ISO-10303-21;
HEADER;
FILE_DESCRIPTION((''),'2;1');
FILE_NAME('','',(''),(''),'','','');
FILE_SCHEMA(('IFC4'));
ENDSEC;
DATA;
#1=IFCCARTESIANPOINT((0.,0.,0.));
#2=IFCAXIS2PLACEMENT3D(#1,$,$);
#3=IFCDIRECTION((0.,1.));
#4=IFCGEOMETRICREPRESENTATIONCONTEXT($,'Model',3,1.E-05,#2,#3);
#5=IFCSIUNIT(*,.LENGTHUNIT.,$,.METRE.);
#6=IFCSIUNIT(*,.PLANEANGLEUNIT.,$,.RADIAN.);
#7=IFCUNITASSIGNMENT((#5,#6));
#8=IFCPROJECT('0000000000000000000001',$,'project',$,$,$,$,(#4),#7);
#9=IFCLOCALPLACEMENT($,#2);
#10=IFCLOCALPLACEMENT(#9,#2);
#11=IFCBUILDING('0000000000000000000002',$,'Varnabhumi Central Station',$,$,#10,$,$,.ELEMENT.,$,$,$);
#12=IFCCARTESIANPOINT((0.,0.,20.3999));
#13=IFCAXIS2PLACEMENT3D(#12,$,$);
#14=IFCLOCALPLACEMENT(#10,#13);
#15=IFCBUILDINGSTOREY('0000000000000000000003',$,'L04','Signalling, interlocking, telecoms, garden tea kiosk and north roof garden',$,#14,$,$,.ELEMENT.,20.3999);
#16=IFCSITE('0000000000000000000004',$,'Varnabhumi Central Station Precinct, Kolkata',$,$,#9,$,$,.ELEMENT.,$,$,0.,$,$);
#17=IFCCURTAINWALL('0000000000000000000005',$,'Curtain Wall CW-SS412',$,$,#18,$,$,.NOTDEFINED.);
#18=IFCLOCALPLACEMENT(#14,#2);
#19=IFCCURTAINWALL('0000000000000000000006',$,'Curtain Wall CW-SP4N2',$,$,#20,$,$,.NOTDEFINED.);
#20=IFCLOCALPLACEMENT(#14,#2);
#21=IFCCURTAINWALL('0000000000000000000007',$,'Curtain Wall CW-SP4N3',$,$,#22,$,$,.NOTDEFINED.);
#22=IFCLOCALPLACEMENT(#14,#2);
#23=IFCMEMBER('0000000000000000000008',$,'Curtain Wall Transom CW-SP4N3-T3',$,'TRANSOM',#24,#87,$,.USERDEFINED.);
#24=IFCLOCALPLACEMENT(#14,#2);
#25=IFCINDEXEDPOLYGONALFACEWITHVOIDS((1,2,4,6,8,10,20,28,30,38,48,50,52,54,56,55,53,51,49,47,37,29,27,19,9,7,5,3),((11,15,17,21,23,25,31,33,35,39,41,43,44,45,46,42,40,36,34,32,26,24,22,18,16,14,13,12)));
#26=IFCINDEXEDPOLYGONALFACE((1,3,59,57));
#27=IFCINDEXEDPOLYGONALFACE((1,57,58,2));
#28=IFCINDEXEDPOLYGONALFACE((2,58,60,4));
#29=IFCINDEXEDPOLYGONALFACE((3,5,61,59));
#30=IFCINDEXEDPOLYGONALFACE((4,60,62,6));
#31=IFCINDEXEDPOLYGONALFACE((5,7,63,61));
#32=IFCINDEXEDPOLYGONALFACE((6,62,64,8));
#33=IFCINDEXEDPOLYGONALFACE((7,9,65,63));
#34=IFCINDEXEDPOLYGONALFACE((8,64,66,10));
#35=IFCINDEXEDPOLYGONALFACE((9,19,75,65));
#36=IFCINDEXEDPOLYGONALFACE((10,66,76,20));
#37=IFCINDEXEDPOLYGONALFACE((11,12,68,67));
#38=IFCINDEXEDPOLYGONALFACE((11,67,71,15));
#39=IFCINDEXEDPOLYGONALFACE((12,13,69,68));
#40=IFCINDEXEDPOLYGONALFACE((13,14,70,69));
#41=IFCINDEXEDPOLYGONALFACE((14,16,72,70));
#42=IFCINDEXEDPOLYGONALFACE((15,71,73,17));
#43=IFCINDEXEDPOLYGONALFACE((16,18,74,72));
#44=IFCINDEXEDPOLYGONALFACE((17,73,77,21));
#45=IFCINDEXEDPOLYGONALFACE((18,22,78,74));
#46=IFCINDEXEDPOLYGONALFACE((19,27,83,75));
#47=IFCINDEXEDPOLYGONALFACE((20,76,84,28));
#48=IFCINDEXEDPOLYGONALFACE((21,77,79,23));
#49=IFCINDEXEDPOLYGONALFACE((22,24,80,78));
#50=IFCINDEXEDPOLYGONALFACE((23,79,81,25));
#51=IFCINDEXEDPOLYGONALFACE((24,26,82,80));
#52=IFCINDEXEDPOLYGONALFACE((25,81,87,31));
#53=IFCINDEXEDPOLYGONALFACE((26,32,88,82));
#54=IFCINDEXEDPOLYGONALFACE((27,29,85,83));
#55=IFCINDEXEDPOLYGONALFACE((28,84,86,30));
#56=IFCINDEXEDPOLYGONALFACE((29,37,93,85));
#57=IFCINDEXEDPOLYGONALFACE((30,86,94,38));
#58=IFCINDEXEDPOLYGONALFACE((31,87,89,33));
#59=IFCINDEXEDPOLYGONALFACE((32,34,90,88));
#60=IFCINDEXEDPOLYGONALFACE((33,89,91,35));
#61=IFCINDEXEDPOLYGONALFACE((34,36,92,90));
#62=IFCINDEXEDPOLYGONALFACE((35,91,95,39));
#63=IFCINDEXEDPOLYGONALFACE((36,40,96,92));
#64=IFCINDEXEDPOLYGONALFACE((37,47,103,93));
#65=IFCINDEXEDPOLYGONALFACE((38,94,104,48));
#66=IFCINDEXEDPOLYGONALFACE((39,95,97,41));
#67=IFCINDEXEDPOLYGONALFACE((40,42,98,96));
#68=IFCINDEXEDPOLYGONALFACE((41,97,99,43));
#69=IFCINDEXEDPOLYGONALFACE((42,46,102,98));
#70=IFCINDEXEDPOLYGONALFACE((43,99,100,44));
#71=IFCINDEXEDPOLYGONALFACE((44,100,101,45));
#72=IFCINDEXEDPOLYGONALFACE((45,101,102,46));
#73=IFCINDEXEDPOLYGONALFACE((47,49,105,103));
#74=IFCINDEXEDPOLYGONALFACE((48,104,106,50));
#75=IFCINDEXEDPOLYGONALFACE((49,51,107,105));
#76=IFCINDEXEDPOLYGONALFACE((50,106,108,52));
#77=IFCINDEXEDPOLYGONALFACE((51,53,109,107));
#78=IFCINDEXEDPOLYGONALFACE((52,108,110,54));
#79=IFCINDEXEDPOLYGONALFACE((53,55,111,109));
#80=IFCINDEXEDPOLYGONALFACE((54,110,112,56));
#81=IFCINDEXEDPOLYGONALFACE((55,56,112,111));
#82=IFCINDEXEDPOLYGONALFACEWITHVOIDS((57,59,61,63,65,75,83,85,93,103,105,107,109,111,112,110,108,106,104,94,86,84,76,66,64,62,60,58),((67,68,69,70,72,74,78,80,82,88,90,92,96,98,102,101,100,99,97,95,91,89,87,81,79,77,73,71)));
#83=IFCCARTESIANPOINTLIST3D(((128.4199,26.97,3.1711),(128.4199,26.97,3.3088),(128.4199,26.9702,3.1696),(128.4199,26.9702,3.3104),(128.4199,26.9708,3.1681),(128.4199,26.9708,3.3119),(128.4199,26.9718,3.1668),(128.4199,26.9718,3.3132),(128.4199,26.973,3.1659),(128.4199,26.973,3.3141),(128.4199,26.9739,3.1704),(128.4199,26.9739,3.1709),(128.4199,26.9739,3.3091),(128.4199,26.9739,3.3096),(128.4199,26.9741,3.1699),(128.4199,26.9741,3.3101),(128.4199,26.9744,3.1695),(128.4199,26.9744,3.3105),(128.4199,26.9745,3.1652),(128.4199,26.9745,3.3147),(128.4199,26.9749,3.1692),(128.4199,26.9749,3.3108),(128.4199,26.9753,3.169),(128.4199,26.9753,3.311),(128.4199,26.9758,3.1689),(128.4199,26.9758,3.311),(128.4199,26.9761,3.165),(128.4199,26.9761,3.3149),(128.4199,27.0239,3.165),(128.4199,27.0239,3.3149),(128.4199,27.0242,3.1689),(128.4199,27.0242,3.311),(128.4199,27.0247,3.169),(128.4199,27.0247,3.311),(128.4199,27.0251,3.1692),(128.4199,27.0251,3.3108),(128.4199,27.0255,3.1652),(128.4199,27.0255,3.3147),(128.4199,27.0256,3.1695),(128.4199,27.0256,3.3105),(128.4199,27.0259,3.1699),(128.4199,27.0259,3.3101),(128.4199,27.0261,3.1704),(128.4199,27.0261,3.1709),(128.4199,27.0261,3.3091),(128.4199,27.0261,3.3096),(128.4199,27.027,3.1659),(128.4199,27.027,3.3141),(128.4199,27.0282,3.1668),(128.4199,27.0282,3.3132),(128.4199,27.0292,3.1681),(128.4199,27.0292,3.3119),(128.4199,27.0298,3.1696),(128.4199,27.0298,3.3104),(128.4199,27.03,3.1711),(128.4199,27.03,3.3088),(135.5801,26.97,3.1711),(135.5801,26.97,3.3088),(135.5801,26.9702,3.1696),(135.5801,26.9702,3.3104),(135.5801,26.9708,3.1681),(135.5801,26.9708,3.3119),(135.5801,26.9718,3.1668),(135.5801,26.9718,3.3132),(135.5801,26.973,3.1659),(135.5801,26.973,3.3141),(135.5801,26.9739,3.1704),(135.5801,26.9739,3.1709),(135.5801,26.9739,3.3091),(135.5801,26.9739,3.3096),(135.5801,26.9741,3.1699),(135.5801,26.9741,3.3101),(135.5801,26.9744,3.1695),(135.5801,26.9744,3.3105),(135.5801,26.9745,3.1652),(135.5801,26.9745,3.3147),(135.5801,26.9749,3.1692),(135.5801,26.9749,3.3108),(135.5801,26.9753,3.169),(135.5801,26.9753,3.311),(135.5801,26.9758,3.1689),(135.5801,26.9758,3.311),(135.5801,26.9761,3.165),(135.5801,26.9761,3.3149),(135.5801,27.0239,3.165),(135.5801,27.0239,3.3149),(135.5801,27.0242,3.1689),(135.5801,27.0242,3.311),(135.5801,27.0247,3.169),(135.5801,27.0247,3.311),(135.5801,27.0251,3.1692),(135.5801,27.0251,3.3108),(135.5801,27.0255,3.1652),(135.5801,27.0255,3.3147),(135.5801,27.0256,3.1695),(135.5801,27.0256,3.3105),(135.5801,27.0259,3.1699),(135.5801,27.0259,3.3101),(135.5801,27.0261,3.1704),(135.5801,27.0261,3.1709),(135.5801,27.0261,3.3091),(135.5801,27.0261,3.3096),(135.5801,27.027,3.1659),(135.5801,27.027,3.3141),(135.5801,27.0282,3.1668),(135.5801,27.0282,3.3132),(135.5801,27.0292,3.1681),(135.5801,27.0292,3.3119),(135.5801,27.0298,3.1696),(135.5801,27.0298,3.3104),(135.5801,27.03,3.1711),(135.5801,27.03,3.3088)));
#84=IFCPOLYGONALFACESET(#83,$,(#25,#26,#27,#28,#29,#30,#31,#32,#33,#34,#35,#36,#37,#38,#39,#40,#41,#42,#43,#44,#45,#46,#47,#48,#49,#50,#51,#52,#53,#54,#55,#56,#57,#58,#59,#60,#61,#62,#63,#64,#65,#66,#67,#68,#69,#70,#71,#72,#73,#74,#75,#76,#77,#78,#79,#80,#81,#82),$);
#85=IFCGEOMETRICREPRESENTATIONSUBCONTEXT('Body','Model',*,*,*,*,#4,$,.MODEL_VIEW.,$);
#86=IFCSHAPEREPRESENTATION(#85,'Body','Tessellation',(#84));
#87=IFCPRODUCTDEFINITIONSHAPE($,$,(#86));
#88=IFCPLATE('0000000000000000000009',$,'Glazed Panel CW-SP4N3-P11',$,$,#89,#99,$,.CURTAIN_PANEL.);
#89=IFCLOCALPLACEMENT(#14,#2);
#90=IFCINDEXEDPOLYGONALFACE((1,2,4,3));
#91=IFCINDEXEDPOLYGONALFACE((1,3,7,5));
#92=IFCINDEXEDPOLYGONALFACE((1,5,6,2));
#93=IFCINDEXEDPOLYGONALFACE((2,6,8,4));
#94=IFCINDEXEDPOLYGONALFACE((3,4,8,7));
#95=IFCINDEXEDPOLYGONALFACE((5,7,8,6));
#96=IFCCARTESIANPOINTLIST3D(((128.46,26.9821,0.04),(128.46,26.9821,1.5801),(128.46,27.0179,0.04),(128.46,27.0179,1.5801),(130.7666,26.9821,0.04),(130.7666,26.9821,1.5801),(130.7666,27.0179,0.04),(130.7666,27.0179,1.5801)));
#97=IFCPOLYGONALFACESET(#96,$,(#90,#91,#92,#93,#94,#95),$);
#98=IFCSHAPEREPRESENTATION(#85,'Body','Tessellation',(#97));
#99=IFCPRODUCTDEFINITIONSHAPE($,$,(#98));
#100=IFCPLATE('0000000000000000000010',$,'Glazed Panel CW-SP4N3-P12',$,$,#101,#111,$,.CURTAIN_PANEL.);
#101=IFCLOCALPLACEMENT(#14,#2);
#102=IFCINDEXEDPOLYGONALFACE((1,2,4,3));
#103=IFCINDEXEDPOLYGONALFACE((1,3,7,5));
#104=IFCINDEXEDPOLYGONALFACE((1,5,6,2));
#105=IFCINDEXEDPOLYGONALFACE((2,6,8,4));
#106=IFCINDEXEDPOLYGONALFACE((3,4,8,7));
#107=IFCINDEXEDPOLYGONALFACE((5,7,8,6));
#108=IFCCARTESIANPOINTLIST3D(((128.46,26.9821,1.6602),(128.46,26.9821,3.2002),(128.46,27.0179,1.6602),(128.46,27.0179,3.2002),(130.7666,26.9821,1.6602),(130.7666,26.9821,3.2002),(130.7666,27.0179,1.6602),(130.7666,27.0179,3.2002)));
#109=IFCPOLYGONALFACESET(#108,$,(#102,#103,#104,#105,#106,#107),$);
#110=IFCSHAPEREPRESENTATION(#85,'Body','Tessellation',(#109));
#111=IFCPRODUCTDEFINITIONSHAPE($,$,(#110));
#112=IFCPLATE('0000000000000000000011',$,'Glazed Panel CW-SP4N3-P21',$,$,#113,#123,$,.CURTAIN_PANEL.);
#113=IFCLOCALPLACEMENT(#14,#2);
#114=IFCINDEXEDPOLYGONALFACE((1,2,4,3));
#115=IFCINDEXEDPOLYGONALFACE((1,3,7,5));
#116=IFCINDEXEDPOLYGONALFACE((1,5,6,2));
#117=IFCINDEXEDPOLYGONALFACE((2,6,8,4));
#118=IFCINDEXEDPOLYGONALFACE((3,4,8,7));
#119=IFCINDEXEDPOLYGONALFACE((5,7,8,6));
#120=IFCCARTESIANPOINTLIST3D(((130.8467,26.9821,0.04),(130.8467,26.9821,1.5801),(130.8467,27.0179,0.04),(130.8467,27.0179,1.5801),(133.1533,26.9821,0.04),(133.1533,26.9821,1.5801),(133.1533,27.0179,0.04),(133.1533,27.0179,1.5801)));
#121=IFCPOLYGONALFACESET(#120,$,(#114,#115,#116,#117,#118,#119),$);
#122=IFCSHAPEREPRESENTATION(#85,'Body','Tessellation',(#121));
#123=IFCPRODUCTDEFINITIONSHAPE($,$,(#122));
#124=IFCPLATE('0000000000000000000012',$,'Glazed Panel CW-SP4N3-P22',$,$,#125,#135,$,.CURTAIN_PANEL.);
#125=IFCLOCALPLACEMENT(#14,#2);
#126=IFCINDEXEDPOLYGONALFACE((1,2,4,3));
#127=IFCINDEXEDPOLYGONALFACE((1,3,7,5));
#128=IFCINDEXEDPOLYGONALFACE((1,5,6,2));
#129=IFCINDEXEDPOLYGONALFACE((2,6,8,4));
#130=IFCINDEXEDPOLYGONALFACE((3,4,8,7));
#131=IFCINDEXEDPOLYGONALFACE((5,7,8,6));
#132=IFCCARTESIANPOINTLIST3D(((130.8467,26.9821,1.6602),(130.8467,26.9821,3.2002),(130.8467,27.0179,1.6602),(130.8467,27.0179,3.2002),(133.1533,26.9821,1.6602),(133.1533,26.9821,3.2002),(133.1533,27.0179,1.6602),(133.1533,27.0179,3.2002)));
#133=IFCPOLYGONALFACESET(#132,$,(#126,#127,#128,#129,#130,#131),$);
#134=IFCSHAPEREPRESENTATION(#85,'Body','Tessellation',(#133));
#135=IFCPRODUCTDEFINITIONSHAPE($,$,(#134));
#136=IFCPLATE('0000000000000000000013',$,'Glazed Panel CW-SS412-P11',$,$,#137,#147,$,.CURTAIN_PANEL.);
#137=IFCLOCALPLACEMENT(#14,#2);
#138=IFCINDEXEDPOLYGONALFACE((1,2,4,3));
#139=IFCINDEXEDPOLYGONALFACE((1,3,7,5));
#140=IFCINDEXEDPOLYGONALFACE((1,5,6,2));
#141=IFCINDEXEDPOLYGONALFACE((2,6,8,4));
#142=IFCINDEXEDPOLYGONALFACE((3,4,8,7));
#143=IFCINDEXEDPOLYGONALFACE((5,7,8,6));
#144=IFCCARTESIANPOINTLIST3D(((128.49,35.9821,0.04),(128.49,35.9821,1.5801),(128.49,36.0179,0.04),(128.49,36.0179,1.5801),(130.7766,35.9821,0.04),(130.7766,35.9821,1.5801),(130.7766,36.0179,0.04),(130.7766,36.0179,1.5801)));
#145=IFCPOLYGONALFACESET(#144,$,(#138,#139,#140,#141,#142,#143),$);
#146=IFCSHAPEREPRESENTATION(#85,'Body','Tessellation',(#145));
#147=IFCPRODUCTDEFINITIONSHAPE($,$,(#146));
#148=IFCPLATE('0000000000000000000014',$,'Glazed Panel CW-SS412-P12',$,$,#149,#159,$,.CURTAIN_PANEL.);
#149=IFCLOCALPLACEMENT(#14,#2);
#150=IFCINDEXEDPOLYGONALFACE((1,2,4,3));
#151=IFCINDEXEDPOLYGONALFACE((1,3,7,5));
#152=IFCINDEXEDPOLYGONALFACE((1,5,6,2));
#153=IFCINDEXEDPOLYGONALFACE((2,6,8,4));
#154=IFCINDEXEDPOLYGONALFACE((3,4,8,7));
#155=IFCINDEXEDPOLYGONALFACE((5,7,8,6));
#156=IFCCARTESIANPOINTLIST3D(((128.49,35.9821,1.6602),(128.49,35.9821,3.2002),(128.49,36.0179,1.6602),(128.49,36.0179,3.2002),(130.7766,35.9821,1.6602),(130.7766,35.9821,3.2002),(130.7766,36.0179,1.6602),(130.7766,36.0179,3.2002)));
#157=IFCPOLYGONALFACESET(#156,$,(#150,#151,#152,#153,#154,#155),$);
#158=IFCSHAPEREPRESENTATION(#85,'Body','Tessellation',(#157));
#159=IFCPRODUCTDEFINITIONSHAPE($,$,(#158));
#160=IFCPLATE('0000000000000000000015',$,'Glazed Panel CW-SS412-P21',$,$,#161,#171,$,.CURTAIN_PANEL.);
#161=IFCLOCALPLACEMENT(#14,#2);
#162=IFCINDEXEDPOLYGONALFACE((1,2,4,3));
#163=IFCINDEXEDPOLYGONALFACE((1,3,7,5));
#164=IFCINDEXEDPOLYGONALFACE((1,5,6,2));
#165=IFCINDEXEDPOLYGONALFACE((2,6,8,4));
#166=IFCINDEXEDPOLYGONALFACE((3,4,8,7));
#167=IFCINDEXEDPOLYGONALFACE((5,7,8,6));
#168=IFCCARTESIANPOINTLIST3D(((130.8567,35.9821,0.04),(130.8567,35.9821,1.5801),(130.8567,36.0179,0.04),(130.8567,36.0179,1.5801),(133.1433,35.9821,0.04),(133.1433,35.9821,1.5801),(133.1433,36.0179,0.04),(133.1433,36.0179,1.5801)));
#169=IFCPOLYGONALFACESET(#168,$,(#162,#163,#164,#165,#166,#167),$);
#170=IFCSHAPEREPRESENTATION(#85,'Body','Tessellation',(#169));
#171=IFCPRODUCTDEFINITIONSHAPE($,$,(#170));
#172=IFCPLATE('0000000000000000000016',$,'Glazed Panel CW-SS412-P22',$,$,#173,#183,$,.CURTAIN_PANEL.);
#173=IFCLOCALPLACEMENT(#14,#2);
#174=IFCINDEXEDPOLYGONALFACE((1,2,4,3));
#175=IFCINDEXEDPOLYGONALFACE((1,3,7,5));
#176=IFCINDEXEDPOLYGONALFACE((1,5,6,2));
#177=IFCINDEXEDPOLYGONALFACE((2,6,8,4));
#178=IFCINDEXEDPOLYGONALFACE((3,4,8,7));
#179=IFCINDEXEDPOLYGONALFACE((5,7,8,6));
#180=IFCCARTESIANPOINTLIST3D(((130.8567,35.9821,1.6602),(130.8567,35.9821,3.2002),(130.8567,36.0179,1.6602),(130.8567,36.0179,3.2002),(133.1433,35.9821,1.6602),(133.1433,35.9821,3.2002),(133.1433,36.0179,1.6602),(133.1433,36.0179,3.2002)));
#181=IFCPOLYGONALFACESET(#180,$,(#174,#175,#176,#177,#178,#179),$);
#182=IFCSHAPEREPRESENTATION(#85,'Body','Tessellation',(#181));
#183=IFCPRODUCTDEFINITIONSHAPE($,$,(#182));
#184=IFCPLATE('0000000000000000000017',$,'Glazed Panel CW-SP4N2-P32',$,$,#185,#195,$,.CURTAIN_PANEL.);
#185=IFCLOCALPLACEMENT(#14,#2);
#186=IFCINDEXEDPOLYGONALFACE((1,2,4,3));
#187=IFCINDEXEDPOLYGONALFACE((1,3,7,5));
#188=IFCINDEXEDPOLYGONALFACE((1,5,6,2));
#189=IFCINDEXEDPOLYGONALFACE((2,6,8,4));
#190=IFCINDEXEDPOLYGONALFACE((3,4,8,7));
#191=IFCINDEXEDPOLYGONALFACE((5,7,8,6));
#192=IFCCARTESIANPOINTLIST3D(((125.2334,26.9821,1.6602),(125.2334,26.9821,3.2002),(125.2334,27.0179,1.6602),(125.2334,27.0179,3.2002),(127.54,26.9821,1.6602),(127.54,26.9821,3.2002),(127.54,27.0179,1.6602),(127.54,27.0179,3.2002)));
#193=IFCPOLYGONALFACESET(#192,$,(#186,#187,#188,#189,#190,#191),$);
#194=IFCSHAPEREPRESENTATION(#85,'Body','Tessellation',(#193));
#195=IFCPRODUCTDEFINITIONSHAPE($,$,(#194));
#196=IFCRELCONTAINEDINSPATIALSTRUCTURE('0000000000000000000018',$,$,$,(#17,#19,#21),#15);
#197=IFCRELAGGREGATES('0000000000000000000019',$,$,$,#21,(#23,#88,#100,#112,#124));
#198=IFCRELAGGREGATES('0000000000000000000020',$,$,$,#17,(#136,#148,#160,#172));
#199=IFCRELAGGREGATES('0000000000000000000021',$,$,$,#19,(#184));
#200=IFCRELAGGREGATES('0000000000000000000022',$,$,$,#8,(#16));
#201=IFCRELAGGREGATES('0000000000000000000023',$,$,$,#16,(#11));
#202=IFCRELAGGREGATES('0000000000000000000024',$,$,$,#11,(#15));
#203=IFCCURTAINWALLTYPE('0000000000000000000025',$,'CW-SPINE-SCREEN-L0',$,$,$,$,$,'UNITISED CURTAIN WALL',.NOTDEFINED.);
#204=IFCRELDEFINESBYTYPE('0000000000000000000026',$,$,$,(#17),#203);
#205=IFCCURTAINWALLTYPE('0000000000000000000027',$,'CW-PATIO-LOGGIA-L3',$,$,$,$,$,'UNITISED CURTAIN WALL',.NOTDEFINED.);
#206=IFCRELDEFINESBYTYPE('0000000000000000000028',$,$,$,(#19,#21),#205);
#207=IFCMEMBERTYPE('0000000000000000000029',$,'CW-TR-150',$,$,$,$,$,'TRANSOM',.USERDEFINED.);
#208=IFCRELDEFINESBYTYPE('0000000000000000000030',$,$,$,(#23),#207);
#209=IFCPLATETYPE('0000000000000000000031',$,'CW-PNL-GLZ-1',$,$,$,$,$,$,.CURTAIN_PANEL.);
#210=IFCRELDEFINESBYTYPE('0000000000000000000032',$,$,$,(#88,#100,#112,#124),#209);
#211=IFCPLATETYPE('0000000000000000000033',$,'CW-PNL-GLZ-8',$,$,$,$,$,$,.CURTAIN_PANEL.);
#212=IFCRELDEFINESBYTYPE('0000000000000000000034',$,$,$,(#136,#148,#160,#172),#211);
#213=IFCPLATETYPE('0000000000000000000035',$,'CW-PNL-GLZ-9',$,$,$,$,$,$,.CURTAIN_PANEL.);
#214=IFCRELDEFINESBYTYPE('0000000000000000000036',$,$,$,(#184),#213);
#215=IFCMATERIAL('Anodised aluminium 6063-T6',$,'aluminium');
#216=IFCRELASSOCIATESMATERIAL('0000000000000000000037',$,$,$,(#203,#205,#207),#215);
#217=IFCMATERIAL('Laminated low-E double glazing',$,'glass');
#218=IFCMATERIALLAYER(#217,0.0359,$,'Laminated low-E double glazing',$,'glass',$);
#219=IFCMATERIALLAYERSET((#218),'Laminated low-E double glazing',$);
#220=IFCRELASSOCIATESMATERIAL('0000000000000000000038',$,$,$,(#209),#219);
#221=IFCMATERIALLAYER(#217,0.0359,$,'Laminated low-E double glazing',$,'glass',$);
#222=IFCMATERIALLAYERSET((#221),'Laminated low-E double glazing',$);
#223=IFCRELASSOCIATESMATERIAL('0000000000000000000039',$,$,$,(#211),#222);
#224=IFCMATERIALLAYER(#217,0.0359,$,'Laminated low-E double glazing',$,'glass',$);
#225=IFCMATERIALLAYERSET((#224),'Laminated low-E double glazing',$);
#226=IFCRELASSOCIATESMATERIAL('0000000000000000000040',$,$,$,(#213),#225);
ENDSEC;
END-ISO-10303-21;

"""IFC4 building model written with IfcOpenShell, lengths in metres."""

from ifc_helpers import new_model, si_unit, direction, frame, origin, origin_2d, place, context, subcontext, project, spatial, rectangle, hollow_rectangle, extrude, material, layer, layer_set, material_profile, profile_set, type_object, element, aggregate, save


model = new_model("IFC4")

# Units and contexts
model_context = context("Model", 3, precision=1e-05, world=origin(), true_north=direction((0.0, 1.0)))
body_context = subcontext(model_context, "Body", "Model", "MODEL_VIEW")
ifc_project = project(units=[si_unit("LENGTHUNIT", "METRE"), si_unit("PLANEANGLEUNIT", "RADIAN")], contexts=[model_context])

# Site, building, storey
site_placement = place(None, origin())
site = spatial("IfcSite", under=ifc_project, at=site_placement, Name="Varnabhumi Central Station Precinct, Kolkata", CompositionType="ELEMENT", RefElevation=0.0)
building_placement = place(site_placement, origin())
building = spatial("IfcBuilding", under=site, at=building_placement, Name="Varnabhumi Central Station", CompositionType="ELEMENT")
storey_placement = place(building_placement, frame((0.0, 0.0, 20.3999)))
storey = spatial("IfcBuildingStorey", under=building, at=storey_placement, Name="L04", Description="Signalling, interlocking, telecoms, garden tea kiosk and north roof garden", CompositionType="ELEMENT", Elevation=20.3999)

# Curtain wall
ifc_material_1 = material(Name="Anodised aluminium 6063-T6", Category="aluminium")
curtain_wall_type_1 = type_object("IfcCurtainWallType", Name="CW-SPINE-SCREEN-L0", ElementType="UNITISED CURTAIN WALL", PredefinedType="NOTDEFINED", material=ifc_material_1)
curtain_wall_1_placement = place(storey_placement, origin())
curtain_wall_1 = element("IfcCurtainWall", 1, at=curtain_wall_1_placement, inside=storey, type_object=curtain_wall_type_1, Name="Curtain Wall CW-SS412", PredefinedType="NOTDEFINED")

# Curtain wall
curtain_wall_type_2 = type_object("IfcCurtainWallType", Name="CW-PATIO-LOGGIA-L3", ElementType="UNITISED CURTAIN WALL", PredefinedType="NOTDEFINED", material=ifc_material_1)
curtain_wall_2_placement = place(storey_placement, origin())
curtain_wall_2 = element("IfcCurtainWall", 2, at=curtain_wall_2_placement, inside=storey, type_object=curtain_wall_type_2, Name="Curtain Wall CW-SP4N2", PredefinedType="NOTDEFINED")

# Curtain wall
curtain_wall_3_placement = place(storey_placement, origin())
curtain_wall_3 = element("IfcCurtainWall", 3, at=curtain_wall_3_placement, inside=storey, type_object=curtain_wall_type_2, Name="Curtain Wall CW-SP4N3", PredefinedType="NOTDEFINED")

# Member
ifc_material_profile_1 = material_profile(ifc_material_1, hollow_rectangle(XDim=0.0601, YDim=0.1499, WallThickness=0.0039, InnerFilletRadius=0.002, OuterFilletRadius=0.0061, at=origin_2d()), Name="Anodised aluminium 6063-T6", Category="aluminium")
ifc_profile_set_1 = profile_set([ifc_material_profile_1], Name="Anodised aluminium 6063-T6")
member_type_1 = type_object("IfcMemberType", Name="CW-TR-150", ElementType="TRANSOM", PredefinedType="USERDEFINED", material=ifc_profile_set_1)
member_1_placement = place(storey_placement, frame((128.4199, 27.0, 3.24), z_axis=(1.0, 0.0, 0.0), x_axis=(0.0, 1.0, 0.0)))
member_1 = element("IfcMember", 4, at=member_1_placement, type_object=member_type_1, Name="Curtain Wall Transom CW-SP4N3-T3", ObjectType="TRANSOM", PredefinedType="USERDEFINED", context=body_context, shape_type="SweptSolid", body=[
    extrude(hollow_rectangle(XDim=0.0601, YDim=0.1499, WallThickness=0.0039, InnerFilletRadius=0.002, OuterFilletRadius=0.0061, at=origin_2d()), origin(), (0.0, 0.0, 1.0), 7.1602),
])

# Plates
ifc_material_2 = material(Name="Laminated low-E double glazing", Category="glass")
ifc_layer_1 = layer(ifc_material_2, 0.0359, Name="Laminated low-E double glazing", Category="glass")
ifc_layer_set_1 = layer_set([ifc_layer_1], Name="Laminated low-E double glazing")
plate_type_1 = type_object("IfcPlateType", Name="CW-PNL-GLZ-1", PredefinedType="CURTAIN_PANEL", material=ifc_layer_set_1)
plate_1_placement = place(storey_placement, frame((129.6133, 27.0, 0.04), z_axis=(0.0, 0.0, 1.0), x_axis=(1.0, 0.0, 0.0)))
plate_1 = element("IfcPlate", 5, at=plate_1_placement, type_object=plate_type_1, Name="Glazed Panel CW-SP4N3-P11", PredefinedType="CURTAIN_PANEL", context=body_context, shape_type="SweptSolid", body=[
    extrude(rectangle(XDim=2.3066, YDim=0.0359, at=origin_2d()), origin(), (0.0, 0.0, 1.0), 1.54),
])
plate_2_placement = place(storey_placement, frame((129.6133, 27.0, 1.6602), z_axis=(0.0, 0.0, 1.0), x_axis=(1.0, 0.0, 0.0)))
plate_2 = element("IfcPlate", 6, at=plate_2_placement, type_object=plate_type_1, Name="Glazed Panel CW-SP4N3-P12", PredefinedType="CURTAIN_PANEL", context=body_context, shape_type="SweptSolid", body=[
    extrude(rectangle(XDim=2.3066, YDim=0.0359, at=origin_2d()), origin(), (0.0, 0.0, 1.0), 1.54),
])
plate_3_placement = place(storey_placement, frame((132.0, 27.0, 0.04), z_axis=(0.0, 0.0, 1.0), x_axis=(1.0, 0.0, 0.0)))
plate_3 = element("IfcPlate", 7, at=plate_3_placement, type_object=plate_type_1, Name="Glazed Panel CW-SP4N3-P21", PredefinedType="CURTAIN_PANEL", context=body_context, shape_type="SweptSolid", body=[
    extrude(rectangle(XDim=2.3066, YDim=0.0359, at=origin_2d()), origin(), (0.0, 0.0, 1.0), 1.54),
])
plate_4_placement = place(storey_placement, frame((132.0, 27.0, 1.6602), z_axis=(0.0, 0.0, 1.0), x_axis=(1.0, 0.0, 0.0)))
plate_4 = element("IfcPlate", 8, at=plate_4_placement, type_object=plate_type_1, Name="Glazed Panel CW-SP4N3-P22", PredefinedType="CURTAIN_PANEL", context=body_context, shape_type="SweptSolid", body=[
    extrude(rectangle(XDim=2.3066, YDim=0.0359, at=origin_2d()), origin(), (0.0, 0.0, 1.0), 1.54),
])
aggregate(curtain_wall_3, [member_1, plate_1, plate_2, plate_3, plate_4])
ifc_layer_2 = layer(ifc_material_2, 0.0359, Name="Laminated low-E double glazing", Category="glass")
ifc_layer_set_2 = layer_set([ifc_layer_2], Name="Laminated low-E double glazing")
plate_type_2 = type_object("IfcPlateType", Name="CW-PNL-GLZ-8", PredefinedType="CURTAIN_PANEL", material=ifc_layer_set_2)
plate_5_placement = place(storey_placement, frame((129.6333, 36.0, 0.04), z_axis=(0.0, 0.0, 1.0), x_axis=(1.0, 0.0, 0.0)))
plate_5 = element("IfcPlate", 9, at=plate_5_placement, type_object=plate_type_2, Name="Glazed Panel CW-SS412-P11", PredefinedType="CURTAIN_PANEL", context=body_context, shape_type="SweptSolid", body=[
    extrude(rectangle(XDim=2.2866, YDim=0.0359, at=origin_2d()), origin(), (0.0, 0.0, 1.0), 1.54),
])
plate_6_placement = place(storey_placement, frame((129.6333, 36.0, 1.6602), z_axis=(0.0, 0.0, 1.0), x_axis=(1.0, 0.0, 0.0)))
plate_6 = element("IfcPlate", 10, at=plate_6_placement, type_object=plate_type_2, Name="Glazed Panel CW-SS412-P12", PredefinedType="CURTAIN_PANEL", context=body_context, shape_type="SweptSolid", body=[
    extrude(rectangle(XDim=2.2866, YDim=0.0359, at=origin_2d()), origin(), (0.0, 0.0, 1.0), 1.54),
])
plate_7_placement = place(storey_placement, frame((132.0, 36.0, 0.04), z_axis=(0.0, 0.0, 1.0), x_axis=(1.0, 0.0, 0.0)))
plate_7 = element("IfcPlate", 11, at=plate_7_placement, type_object=plate_type_2, Name="Glazed Panel CW-SS412-P21", PredefinedType="CURTAIN_PANEL", context=body_context, shape_type="SweptSolid", body=[
    extrude(rectangle(XDim=2.2866, YDim=0.0359, at=origin_2d()), origin(), (0.0, 0.0, 1.0), 1.54),
])
plate_8_placement = place(storey_placement, frame((132.0, 36.0, 1.6602), z_axis=(0.0, 0.0, 1.0), x_axis=(1.0, 0.0, 0.0)))
plate_8 = element("IfcPlate", 12, at=plate_8_placement, type_object=plate_type_2, Name="Glazed Panel CW-SS412-P22", PredefinedType="CURTAIN_PANEL", context=body_context, shape_type="SweptSolid", body=[
    extrude(rectangle(XDim=2.2866, YDim=0.0359, at=origin_2d()), origin(), (0.0, 0.0, 1.0), 1.54),
])
aggregate(curtain_wall_1, [plate_5, plate_6, plate_7, plate_8])
ifc_layer_3 = layer(ifc_material_2, 0.0359, Name="Laminated low-E double glazing", Category="glass")
ifc_layer_set_3 = layer_set([ifc_layer_3], Name="Laminated low-E double glazing")
plate_type_3 = type_object("IfcPlateType", Name="CW-PNL-GLZ-9", PredefinedType="CURTAIN_PANEL", material=ifc_layer_set_3)
plate_9_placement = place(storey_placement, frame((126.3867, 27.0, 1.6602), z_axis=(0.0, 0.0, 1.0), x_axis=(1.0, 0.0, 0.0)))
plate_9 = element("IfcPlate", 13, at=plate_9_placement, type_object=plate_type_3, Name="Glazed Panel CW-SP4N2-P32", PredefinedType="CURTAIN_PANEL", context=body_context, shape_type="SweptSolid", body=[
    extrude(rectangle(XDim=2.3066, YDim=0.0359, at=origin_2d()), origin(), (0.0, 0.0, 1.0), 1.54),
])
aggregate(curtain_wall_2, [plate_9])

save(model, "model.ifc")
